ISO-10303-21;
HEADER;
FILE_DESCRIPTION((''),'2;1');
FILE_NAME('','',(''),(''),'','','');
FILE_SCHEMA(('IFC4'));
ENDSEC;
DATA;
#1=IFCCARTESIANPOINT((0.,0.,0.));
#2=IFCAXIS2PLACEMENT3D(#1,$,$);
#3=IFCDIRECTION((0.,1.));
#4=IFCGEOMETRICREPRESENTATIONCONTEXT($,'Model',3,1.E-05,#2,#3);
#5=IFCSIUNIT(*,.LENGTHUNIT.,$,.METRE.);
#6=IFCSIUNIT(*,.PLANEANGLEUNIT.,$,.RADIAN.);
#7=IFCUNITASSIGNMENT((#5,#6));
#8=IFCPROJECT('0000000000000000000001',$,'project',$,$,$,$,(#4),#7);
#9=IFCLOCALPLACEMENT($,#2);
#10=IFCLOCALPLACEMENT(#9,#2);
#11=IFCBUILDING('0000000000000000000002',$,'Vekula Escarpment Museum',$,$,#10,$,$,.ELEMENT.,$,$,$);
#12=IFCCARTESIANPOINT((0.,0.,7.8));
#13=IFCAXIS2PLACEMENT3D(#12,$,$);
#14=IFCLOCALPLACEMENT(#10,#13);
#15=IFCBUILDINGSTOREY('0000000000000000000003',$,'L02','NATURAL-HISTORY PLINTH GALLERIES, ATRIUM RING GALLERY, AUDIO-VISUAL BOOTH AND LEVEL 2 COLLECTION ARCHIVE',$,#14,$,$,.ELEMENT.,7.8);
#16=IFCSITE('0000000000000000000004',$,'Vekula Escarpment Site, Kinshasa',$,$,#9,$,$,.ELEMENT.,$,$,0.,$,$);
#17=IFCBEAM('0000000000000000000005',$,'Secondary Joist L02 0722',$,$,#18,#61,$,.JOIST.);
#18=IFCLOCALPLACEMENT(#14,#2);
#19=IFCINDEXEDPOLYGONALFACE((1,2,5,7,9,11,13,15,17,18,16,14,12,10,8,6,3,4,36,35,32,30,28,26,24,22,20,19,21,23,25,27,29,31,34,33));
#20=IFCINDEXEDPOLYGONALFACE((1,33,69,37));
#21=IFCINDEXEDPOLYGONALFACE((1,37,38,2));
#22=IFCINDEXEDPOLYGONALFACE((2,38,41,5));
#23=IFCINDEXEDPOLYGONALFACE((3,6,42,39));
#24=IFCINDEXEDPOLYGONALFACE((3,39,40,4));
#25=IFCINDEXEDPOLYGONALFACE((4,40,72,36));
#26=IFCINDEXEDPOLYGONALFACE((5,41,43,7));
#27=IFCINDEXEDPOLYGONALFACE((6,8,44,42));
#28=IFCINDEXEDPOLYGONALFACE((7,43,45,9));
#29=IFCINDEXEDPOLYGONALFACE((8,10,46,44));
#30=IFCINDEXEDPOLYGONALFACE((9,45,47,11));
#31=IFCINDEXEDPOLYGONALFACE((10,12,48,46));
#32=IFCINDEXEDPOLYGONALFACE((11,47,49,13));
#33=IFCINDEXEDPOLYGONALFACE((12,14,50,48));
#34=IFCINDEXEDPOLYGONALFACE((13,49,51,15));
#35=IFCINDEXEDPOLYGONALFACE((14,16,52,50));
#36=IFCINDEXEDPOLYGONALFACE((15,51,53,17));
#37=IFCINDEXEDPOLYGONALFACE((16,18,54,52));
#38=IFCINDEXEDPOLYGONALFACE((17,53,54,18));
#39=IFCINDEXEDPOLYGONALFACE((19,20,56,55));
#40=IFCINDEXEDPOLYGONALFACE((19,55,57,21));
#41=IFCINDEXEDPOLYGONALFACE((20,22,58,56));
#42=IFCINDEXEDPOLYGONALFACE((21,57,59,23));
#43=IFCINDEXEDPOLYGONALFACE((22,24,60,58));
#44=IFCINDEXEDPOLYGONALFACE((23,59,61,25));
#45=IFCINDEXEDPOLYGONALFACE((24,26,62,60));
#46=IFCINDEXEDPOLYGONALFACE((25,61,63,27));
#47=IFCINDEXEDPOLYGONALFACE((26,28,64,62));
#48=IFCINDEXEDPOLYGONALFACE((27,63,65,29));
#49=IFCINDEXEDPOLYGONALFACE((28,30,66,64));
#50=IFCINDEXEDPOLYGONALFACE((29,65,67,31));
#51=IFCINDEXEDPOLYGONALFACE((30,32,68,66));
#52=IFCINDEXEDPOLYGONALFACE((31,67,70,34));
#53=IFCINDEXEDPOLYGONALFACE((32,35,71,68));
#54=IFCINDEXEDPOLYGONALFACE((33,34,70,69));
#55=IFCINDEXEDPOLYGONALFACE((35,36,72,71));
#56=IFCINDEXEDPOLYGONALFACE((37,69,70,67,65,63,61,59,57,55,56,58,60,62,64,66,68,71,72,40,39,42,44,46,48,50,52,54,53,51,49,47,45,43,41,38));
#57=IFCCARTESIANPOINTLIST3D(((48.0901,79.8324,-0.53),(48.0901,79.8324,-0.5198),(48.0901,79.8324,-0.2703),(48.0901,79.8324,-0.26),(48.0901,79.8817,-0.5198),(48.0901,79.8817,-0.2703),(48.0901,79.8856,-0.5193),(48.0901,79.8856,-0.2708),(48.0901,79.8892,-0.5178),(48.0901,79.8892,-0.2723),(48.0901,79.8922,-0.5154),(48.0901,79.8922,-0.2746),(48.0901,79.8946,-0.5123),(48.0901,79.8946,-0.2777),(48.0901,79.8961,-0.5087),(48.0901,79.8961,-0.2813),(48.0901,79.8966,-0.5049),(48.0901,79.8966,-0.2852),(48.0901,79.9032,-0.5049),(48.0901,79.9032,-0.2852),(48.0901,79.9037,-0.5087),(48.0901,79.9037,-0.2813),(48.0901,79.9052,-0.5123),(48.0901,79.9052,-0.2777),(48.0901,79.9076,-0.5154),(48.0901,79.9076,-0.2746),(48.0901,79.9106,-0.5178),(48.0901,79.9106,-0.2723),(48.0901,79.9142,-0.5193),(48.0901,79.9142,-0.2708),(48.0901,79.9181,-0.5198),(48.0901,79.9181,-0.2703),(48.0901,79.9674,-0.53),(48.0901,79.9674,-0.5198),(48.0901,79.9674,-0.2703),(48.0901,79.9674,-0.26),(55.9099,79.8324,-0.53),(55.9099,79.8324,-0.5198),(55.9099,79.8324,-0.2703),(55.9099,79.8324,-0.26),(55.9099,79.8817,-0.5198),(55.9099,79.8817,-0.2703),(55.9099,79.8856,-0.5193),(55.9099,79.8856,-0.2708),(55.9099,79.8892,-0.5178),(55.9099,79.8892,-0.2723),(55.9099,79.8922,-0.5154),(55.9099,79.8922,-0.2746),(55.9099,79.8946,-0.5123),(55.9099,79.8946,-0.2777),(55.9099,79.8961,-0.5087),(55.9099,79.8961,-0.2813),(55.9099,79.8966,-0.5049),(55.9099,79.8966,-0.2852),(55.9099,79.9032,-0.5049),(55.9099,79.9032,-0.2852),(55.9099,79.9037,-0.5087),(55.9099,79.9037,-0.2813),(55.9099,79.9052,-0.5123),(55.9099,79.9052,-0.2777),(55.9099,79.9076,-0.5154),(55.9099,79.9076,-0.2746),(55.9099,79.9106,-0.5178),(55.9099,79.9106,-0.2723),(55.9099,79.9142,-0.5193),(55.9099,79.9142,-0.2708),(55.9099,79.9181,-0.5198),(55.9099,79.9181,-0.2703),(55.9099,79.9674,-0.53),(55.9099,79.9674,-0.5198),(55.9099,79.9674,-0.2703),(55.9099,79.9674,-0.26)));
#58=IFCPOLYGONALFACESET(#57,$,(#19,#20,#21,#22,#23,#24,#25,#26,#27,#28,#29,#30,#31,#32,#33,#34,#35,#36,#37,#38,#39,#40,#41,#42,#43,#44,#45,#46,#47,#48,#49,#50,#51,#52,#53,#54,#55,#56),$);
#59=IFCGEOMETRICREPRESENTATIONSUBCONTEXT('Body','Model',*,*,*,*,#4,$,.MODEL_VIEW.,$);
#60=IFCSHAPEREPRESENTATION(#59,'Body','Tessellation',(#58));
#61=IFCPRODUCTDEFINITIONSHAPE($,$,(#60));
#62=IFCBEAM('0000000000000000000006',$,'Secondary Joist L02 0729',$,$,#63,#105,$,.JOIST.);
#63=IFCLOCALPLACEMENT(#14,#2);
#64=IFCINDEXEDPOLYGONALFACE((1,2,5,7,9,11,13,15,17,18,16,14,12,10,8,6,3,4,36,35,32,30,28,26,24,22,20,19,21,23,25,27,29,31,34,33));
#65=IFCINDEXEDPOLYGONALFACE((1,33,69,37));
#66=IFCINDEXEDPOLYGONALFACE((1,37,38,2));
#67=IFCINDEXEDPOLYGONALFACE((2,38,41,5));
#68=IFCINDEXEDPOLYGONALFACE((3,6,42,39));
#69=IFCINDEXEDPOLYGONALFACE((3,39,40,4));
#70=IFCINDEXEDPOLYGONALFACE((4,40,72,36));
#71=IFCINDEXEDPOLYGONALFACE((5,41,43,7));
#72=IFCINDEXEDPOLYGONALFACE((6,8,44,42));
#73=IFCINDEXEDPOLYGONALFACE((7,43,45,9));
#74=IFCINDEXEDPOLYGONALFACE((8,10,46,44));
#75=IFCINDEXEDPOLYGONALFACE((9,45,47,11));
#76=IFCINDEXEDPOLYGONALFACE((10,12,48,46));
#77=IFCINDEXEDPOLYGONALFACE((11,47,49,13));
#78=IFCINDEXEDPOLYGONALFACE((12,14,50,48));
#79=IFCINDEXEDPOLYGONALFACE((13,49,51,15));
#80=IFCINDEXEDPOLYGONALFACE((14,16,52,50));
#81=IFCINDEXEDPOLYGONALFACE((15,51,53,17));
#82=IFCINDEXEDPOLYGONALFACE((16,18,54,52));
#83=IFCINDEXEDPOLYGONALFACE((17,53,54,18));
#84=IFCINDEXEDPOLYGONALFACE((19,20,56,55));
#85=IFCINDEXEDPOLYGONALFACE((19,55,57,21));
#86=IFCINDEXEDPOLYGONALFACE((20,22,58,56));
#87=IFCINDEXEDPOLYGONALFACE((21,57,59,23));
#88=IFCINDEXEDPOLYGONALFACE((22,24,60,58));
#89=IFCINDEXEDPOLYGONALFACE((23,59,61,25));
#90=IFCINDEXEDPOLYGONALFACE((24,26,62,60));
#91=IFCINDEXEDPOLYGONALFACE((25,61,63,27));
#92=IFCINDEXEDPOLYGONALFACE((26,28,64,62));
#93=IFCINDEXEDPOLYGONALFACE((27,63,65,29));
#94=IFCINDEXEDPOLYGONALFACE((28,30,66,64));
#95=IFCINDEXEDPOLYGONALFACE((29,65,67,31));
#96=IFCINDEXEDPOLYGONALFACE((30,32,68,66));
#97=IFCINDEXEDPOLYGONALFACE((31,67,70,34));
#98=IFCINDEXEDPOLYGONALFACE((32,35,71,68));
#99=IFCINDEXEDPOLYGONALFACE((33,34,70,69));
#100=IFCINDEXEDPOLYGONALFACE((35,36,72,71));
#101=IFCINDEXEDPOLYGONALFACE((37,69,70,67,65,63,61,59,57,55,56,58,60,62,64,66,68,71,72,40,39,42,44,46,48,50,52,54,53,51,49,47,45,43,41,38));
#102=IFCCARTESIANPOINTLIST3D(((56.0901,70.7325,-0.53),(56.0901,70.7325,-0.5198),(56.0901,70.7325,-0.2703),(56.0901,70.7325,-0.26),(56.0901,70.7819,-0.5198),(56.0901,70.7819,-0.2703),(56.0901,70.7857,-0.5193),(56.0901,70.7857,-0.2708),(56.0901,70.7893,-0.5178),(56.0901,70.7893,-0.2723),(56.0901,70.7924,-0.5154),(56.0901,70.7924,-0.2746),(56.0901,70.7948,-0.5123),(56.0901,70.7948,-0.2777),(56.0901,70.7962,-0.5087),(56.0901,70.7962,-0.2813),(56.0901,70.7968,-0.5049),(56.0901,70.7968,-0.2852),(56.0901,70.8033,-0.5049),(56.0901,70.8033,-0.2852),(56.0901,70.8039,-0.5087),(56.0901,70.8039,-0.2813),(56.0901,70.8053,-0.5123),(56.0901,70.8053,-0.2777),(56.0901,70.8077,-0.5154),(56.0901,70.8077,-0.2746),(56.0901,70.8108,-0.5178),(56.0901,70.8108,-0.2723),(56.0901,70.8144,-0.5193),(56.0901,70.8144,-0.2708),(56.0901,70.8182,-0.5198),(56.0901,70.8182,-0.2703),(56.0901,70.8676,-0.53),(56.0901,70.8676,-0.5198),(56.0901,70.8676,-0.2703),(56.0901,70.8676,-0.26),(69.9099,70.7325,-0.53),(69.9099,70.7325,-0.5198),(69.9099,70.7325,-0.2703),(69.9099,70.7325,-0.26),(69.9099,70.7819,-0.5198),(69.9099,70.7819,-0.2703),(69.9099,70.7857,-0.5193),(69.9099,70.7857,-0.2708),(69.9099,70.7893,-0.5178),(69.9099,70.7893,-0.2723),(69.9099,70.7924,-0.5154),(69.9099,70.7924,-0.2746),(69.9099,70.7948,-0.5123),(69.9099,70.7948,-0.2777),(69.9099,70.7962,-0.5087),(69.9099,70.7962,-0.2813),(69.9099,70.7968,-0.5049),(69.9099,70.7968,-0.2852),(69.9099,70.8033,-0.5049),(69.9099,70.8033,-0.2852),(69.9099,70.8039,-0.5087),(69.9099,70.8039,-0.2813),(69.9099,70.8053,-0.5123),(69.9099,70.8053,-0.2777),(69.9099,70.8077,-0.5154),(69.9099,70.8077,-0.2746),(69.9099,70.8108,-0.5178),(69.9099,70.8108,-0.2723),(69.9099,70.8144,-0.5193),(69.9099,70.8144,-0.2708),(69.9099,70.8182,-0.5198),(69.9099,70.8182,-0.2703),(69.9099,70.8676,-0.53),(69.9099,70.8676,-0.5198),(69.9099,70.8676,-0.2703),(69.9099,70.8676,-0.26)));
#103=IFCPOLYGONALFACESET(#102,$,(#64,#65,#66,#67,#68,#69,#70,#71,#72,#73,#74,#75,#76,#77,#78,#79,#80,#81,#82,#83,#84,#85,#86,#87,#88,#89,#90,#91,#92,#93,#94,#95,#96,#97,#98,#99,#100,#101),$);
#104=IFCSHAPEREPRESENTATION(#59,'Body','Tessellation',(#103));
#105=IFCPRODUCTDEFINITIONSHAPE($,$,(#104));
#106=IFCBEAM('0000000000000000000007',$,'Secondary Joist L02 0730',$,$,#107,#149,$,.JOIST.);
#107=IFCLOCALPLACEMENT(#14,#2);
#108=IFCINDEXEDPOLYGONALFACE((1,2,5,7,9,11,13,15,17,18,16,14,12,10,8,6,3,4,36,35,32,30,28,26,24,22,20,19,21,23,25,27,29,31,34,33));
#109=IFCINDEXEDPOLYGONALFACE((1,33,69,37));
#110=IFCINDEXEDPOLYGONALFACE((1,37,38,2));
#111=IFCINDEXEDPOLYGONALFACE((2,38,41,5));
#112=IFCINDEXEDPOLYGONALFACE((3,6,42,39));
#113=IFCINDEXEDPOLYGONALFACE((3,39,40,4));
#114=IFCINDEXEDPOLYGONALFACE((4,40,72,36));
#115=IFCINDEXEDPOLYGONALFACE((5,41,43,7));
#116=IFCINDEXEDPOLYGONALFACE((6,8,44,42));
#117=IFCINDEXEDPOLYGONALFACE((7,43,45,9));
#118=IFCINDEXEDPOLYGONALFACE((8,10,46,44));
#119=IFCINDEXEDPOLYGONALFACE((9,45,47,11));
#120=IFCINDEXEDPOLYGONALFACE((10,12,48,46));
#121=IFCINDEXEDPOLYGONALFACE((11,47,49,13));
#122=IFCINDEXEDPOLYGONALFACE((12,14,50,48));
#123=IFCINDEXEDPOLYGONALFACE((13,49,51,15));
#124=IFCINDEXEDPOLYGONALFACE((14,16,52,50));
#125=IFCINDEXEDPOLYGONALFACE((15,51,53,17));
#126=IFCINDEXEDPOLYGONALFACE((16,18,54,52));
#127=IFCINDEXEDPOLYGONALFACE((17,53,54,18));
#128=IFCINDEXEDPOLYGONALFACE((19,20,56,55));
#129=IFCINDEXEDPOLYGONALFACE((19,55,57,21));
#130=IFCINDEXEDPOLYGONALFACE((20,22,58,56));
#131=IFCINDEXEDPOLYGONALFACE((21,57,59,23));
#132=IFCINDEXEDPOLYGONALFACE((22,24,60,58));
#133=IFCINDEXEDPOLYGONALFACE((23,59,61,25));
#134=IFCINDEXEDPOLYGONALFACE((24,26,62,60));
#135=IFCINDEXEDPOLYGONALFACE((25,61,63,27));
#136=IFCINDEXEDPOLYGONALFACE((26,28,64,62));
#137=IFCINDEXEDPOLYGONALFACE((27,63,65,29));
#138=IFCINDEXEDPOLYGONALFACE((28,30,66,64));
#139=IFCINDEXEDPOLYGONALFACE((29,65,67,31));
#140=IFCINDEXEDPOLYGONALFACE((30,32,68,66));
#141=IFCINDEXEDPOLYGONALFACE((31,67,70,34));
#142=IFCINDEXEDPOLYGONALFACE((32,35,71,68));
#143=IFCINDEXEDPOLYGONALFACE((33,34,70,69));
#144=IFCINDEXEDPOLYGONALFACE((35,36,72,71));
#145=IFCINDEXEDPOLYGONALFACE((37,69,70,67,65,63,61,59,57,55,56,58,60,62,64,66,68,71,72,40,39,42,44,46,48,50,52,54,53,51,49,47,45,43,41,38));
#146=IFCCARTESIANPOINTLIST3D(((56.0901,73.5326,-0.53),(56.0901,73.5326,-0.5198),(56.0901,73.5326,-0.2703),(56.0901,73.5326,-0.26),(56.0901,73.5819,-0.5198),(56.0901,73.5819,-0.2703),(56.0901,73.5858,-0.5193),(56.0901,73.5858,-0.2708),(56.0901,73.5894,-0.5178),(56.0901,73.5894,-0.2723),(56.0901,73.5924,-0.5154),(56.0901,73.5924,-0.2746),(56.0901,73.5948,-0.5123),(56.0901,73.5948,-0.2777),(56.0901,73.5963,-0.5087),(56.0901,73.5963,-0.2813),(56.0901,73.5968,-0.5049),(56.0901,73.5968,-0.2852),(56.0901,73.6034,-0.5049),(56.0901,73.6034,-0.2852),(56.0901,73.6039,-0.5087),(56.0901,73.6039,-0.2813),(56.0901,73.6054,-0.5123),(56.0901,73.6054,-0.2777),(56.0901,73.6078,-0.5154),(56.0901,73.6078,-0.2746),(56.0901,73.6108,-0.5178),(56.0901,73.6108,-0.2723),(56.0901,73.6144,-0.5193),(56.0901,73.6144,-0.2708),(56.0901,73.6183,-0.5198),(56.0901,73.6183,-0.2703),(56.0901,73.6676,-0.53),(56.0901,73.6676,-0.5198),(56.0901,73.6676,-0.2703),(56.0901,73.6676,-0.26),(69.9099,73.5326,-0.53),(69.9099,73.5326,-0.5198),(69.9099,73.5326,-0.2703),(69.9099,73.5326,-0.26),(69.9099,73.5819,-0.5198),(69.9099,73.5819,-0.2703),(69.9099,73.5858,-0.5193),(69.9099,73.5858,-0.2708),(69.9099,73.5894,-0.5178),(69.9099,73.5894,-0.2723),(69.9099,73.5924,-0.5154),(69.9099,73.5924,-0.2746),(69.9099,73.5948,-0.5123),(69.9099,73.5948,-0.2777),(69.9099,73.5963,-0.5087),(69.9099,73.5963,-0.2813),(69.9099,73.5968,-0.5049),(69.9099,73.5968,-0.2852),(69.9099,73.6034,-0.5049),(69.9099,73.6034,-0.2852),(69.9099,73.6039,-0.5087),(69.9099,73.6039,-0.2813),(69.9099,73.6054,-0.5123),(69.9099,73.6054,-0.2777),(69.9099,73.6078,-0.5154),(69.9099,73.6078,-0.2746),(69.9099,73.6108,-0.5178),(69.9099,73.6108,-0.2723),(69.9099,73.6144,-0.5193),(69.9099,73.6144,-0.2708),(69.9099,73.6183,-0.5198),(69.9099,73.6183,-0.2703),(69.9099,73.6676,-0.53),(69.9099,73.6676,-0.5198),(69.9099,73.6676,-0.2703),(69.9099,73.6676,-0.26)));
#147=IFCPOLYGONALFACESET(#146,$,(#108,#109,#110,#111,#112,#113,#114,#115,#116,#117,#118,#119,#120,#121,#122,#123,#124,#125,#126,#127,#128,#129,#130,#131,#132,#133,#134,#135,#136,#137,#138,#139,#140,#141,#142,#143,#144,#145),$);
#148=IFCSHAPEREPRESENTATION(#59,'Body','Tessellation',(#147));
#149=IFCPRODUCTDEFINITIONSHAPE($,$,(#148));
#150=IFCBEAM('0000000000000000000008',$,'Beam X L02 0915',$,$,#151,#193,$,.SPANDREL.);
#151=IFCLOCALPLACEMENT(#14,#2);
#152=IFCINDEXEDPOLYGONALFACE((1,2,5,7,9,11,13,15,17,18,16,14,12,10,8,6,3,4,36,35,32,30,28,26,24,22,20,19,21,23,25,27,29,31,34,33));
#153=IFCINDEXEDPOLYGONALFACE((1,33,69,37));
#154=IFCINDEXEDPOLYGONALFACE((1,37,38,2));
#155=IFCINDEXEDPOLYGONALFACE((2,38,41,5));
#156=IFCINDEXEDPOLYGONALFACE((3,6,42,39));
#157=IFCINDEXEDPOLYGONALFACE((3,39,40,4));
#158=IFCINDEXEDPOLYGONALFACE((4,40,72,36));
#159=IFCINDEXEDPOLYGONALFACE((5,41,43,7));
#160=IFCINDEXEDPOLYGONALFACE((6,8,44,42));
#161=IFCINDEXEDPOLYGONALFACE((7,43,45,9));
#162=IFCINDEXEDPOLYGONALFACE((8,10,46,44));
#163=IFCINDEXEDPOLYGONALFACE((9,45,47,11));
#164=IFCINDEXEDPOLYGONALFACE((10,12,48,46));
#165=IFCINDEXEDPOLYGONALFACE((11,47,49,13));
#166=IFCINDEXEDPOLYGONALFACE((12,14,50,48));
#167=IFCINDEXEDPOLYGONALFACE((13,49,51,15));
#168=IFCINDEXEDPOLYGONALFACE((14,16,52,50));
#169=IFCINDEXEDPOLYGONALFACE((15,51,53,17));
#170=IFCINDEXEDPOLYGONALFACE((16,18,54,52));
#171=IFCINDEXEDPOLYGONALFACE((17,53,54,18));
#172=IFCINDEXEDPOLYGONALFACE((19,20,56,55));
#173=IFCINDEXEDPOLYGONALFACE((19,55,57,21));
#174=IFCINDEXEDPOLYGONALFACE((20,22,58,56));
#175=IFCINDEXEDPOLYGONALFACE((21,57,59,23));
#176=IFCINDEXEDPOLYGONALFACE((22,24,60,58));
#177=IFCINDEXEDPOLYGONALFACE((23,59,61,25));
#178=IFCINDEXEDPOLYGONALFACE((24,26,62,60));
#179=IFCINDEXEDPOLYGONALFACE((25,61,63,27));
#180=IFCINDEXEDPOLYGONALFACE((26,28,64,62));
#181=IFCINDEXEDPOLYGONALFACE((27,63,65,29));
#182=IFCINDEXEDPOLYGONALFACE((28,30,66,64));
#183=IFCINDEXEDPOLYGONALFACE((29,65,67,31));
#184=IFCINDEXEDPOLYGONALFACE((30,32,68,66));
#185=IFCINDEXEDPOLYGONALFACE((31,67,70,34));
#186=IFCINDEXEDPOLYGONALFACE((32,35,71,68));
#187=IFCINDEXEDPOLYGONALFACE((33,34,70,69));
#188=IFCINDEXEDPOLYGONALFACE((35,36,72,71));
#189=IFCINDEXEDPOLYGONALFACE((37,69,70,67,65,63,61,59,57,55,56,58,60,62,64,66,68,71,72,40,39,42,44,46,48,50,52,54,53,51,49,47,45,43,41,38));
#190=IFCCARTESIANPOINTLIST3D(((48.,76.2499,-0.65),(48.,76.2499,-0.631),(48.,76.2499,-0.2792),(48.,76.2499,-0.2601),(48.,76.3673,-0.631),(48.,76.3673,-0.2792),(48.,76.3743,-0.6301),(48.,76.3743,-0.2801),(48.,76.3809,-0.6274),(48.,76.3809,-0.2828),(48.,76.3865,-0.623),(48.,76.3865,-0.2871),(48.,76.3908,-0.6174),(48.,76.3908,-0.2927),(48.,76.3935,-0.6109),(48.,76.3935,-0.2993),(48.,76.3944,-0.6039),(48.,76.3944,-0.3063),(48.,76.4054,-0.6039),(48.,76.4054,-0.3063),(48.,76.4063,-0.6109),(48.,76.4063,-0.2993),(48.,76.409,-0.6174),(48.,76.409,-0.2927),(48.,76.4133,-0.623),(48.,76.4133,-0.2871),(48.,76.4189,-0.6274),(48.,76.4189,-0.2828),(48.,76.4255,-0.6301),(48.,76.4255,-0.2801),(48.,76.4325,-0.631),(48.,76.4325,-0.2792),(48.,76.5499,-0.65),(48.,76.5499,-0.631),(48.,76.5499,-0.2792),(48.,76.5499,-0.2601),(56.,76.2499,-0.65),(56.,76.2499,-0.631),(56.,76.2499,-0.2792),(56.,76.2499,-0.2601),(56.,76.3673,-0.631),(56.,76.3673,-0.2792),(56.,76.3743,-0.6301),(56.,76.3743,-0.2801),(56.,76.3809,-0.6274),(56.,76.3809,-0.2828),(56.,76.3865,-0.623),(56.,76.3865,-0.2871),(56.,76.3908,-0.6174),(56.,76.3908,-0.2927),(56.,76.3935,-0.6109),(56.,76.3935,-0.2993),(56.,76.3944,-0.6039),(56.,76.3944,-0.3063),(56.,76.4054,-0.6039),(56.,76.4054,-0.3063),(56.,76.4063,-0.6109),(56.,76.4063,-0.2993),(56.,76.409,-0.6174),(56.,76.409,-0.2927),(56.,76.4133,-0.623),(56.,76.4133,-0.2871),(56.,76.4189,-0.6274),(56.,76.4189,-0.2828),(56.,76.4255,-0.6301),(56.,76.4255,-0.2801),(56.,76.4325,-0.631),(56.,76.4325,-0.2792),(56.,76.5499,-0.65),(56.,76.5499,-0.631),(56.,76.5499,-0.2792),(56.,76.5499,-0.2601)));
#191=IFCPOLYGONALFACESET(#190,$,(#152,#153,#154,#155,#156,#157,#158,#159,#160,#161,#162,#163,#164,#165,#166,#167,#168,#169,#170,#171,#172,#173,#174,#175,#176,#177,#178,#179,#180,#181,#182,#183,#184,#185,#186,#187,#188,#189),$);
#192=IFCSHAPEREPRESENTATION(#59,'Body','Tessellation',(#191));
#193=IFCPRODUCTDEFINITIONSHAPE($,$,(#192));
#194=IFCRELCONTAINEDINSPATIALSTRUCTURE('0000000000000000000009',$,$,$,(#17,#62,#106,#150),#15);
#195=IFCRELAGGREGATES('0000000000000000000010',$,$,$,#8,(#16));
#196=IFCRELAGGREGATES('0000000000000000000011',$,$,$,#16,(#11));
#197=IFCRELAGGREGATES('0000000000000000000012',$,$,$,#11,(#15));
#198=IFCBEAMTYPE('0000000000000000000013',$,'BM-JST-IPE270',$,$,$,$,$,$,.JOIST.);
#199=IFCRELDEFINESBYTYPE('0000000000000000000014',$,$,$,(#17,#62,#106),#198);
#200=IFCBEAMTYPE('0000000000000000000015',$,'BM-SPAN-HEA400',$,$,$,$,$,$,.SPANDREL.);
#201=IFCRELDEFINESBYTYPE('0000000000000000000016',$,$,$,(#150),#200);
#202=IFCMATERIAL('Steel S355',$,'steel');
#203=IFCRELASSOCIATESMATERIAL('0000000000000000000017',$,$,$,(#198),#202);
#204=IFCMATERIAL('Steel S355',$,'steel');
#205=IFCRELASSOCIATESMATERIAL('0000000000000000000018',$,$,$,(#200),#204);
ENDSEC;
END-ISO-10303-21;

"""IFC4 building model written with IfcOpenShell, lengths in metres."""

from ifc_helpers import new_model, si_unit, direction, frame, origin, origin_2d, place, context, subcontext, project, spatial, i_section, extrude, material, material_profile, profile_set, type_object, element, save


model = new_model("IFC4")

# Units and contexts
model_context = context("Model", 3, precision=1e-05, world=origin(), true_north=direction((0.0, 1.0)))
body_context = subcontext(model_context, "Body", "Model", "MODEL_VIEW")
ifc_project = project(units=[si_unit("LENGTHUNIT", "METRE"), si_unit("PLANEANGLEUNIT", "RADIAN")], contexts=[model_context])

# Site, building, storey
site_placement = place(None, origin())
site = spatial("IfcSite", under=ifc_project, at=site_placement, Name="Vekula Escarpment Site, Kinshasa", CompositionType="ELEMENT", RefElevation=0.0)
building_placement = place(site_placement, origin())
building = spatial("IfcBuilding", under=site, at=building_placement, Name="Vekula Escarpment Museum", CompositionType="ELEMENT")
storey_placement = place(building_placement, frame((0.0, 0.0, 7.8)))
storey = spatial("IfcBuildingStorey", under=building, at=storey_placement, Name="L02", Description="NATURAL-HISTORY PLINTH GALLERIES, ATRIUM RING GALLERY, AUDIO-VISUAL BOOTH AND LEVEL 2 COLLECTION ARCHIVE", CompositionType="ELEMENT", Elevation=7.8)

# Beams
ifc_material_1 = material(Name="Steel S355", Category="steel")
ifc_material_profile_1 = material_profile(ifc_material_1, i_section(OverallWidth=0.135, OverallDepth=0.27, WebThickness=0.0066, FlangeThickness=0.0103, FilletRadius=0.0149, at=origin_2d()), Name="IPE 270")
ifc_profile_set_1 = profile_set([ifc_material_profile_1], Name="Steel S355")
beam_type_1 = type_object("IfcBeamType", Name="BM-JST-IPE270", PredefinedType="JOIST", material=ifc_profile_set_1)
beam_1_placement = place(storey_placement, frame((48.0901, 79.8999, -0.395), z_axis=(1.0, 0.0, 0.0), x_axis=(0.0, 1.0, 0.0)))
element("IfcBeam", 1, at=beam_1_placement, inside=storey, type_object=beam_type_1, Name="Secondary Joist L02 0722", PredefinedType="JOIST", context=body_context, shape_type="SweptSolid", body=[
    extrude(i_section(OverallWidth=0.135, OverallDepth=0.27, WebThickness=0.0066, FlangeThickness=0.0103, FilletRadius=0.0149, at=origin_2d()), origin(), (0.0, 0.0, 1.0), 7.8198),
])
for number, where, z_axis, x_axis, name in (
    (2, (56.0901, 70.8, -0.395), (1.0, 0.0, 0.0), (0.0, 1.0, 0.0), "Secondary Joist L02 0729"),
    (3, (56.0901, 73.6001, -0.395), (1.0, 0.0, 0.0), (0.0, 1.0, 0.0), "Secondary Joist L02 0730"),
):
    element("IfcBeam", number, at=place(storey_placement, frame(where, z_axis=z_axis, x_axis=x_axis)), inside=storey, type_object=beam_type_1, Name=name, PredefinedType="JOIST", context=body_context, shape_type="SweptSolid", body=[
        extrude(i_section(OverallWidth=0.135, OverallDepth=0.27, WebThickness=0.0066, FlangeThickness=0.0103, FilletRadius=0.0149, at=origin_2d()), origin(), (0.0, 0.0, 1.0), 13.8198),
    ])
ifc_material_2 = material(Name="Steel S355", Category="steel")
ifc_material_profile_2 = material_profile(ifc_material_2, i_section(OverallWidth=0.3, OverallDepth=0.3899, WebThickness=0.011, FlangeThickness=0.019, FilletRadius=0.0271, at=origin_2d()), Name="HEA 400")
ifc_profile_set_2 = profile_set([ifc_material_profile_2], Name="Steel S355")
beam_type_2 = type_object("IfcBeamType", Name="BM-SPAN-HEA400", PredefinedType="SPANDREL", material=ifc_profile_set_2)
beam_2_placement = place(storey_placement, frame((48.0, 76.3999, -0.4551), z_axis=(1.0, 0.0, 0.0), x_axis=(0.0, 1.0, 0.0)))
element("IfcBeam", 4, at=beam_2_placement, inside=storey, type_object=beam_type_2, Name="Beam X L02 0915", PredefinedType="SPANDREL", context=body_context, shape_type="SweptSolid", body=[
    extrude(i_section(OverallWidth=0.3, OverallDepth=0.3899, WebThickness=0.011, FlangeThickness=0.019, FilletRadius=0.0271, at=origin_2d()), origin(), (0.0, 0.0, 1.0), 8.0),
])

save(model, "model.ifc")
